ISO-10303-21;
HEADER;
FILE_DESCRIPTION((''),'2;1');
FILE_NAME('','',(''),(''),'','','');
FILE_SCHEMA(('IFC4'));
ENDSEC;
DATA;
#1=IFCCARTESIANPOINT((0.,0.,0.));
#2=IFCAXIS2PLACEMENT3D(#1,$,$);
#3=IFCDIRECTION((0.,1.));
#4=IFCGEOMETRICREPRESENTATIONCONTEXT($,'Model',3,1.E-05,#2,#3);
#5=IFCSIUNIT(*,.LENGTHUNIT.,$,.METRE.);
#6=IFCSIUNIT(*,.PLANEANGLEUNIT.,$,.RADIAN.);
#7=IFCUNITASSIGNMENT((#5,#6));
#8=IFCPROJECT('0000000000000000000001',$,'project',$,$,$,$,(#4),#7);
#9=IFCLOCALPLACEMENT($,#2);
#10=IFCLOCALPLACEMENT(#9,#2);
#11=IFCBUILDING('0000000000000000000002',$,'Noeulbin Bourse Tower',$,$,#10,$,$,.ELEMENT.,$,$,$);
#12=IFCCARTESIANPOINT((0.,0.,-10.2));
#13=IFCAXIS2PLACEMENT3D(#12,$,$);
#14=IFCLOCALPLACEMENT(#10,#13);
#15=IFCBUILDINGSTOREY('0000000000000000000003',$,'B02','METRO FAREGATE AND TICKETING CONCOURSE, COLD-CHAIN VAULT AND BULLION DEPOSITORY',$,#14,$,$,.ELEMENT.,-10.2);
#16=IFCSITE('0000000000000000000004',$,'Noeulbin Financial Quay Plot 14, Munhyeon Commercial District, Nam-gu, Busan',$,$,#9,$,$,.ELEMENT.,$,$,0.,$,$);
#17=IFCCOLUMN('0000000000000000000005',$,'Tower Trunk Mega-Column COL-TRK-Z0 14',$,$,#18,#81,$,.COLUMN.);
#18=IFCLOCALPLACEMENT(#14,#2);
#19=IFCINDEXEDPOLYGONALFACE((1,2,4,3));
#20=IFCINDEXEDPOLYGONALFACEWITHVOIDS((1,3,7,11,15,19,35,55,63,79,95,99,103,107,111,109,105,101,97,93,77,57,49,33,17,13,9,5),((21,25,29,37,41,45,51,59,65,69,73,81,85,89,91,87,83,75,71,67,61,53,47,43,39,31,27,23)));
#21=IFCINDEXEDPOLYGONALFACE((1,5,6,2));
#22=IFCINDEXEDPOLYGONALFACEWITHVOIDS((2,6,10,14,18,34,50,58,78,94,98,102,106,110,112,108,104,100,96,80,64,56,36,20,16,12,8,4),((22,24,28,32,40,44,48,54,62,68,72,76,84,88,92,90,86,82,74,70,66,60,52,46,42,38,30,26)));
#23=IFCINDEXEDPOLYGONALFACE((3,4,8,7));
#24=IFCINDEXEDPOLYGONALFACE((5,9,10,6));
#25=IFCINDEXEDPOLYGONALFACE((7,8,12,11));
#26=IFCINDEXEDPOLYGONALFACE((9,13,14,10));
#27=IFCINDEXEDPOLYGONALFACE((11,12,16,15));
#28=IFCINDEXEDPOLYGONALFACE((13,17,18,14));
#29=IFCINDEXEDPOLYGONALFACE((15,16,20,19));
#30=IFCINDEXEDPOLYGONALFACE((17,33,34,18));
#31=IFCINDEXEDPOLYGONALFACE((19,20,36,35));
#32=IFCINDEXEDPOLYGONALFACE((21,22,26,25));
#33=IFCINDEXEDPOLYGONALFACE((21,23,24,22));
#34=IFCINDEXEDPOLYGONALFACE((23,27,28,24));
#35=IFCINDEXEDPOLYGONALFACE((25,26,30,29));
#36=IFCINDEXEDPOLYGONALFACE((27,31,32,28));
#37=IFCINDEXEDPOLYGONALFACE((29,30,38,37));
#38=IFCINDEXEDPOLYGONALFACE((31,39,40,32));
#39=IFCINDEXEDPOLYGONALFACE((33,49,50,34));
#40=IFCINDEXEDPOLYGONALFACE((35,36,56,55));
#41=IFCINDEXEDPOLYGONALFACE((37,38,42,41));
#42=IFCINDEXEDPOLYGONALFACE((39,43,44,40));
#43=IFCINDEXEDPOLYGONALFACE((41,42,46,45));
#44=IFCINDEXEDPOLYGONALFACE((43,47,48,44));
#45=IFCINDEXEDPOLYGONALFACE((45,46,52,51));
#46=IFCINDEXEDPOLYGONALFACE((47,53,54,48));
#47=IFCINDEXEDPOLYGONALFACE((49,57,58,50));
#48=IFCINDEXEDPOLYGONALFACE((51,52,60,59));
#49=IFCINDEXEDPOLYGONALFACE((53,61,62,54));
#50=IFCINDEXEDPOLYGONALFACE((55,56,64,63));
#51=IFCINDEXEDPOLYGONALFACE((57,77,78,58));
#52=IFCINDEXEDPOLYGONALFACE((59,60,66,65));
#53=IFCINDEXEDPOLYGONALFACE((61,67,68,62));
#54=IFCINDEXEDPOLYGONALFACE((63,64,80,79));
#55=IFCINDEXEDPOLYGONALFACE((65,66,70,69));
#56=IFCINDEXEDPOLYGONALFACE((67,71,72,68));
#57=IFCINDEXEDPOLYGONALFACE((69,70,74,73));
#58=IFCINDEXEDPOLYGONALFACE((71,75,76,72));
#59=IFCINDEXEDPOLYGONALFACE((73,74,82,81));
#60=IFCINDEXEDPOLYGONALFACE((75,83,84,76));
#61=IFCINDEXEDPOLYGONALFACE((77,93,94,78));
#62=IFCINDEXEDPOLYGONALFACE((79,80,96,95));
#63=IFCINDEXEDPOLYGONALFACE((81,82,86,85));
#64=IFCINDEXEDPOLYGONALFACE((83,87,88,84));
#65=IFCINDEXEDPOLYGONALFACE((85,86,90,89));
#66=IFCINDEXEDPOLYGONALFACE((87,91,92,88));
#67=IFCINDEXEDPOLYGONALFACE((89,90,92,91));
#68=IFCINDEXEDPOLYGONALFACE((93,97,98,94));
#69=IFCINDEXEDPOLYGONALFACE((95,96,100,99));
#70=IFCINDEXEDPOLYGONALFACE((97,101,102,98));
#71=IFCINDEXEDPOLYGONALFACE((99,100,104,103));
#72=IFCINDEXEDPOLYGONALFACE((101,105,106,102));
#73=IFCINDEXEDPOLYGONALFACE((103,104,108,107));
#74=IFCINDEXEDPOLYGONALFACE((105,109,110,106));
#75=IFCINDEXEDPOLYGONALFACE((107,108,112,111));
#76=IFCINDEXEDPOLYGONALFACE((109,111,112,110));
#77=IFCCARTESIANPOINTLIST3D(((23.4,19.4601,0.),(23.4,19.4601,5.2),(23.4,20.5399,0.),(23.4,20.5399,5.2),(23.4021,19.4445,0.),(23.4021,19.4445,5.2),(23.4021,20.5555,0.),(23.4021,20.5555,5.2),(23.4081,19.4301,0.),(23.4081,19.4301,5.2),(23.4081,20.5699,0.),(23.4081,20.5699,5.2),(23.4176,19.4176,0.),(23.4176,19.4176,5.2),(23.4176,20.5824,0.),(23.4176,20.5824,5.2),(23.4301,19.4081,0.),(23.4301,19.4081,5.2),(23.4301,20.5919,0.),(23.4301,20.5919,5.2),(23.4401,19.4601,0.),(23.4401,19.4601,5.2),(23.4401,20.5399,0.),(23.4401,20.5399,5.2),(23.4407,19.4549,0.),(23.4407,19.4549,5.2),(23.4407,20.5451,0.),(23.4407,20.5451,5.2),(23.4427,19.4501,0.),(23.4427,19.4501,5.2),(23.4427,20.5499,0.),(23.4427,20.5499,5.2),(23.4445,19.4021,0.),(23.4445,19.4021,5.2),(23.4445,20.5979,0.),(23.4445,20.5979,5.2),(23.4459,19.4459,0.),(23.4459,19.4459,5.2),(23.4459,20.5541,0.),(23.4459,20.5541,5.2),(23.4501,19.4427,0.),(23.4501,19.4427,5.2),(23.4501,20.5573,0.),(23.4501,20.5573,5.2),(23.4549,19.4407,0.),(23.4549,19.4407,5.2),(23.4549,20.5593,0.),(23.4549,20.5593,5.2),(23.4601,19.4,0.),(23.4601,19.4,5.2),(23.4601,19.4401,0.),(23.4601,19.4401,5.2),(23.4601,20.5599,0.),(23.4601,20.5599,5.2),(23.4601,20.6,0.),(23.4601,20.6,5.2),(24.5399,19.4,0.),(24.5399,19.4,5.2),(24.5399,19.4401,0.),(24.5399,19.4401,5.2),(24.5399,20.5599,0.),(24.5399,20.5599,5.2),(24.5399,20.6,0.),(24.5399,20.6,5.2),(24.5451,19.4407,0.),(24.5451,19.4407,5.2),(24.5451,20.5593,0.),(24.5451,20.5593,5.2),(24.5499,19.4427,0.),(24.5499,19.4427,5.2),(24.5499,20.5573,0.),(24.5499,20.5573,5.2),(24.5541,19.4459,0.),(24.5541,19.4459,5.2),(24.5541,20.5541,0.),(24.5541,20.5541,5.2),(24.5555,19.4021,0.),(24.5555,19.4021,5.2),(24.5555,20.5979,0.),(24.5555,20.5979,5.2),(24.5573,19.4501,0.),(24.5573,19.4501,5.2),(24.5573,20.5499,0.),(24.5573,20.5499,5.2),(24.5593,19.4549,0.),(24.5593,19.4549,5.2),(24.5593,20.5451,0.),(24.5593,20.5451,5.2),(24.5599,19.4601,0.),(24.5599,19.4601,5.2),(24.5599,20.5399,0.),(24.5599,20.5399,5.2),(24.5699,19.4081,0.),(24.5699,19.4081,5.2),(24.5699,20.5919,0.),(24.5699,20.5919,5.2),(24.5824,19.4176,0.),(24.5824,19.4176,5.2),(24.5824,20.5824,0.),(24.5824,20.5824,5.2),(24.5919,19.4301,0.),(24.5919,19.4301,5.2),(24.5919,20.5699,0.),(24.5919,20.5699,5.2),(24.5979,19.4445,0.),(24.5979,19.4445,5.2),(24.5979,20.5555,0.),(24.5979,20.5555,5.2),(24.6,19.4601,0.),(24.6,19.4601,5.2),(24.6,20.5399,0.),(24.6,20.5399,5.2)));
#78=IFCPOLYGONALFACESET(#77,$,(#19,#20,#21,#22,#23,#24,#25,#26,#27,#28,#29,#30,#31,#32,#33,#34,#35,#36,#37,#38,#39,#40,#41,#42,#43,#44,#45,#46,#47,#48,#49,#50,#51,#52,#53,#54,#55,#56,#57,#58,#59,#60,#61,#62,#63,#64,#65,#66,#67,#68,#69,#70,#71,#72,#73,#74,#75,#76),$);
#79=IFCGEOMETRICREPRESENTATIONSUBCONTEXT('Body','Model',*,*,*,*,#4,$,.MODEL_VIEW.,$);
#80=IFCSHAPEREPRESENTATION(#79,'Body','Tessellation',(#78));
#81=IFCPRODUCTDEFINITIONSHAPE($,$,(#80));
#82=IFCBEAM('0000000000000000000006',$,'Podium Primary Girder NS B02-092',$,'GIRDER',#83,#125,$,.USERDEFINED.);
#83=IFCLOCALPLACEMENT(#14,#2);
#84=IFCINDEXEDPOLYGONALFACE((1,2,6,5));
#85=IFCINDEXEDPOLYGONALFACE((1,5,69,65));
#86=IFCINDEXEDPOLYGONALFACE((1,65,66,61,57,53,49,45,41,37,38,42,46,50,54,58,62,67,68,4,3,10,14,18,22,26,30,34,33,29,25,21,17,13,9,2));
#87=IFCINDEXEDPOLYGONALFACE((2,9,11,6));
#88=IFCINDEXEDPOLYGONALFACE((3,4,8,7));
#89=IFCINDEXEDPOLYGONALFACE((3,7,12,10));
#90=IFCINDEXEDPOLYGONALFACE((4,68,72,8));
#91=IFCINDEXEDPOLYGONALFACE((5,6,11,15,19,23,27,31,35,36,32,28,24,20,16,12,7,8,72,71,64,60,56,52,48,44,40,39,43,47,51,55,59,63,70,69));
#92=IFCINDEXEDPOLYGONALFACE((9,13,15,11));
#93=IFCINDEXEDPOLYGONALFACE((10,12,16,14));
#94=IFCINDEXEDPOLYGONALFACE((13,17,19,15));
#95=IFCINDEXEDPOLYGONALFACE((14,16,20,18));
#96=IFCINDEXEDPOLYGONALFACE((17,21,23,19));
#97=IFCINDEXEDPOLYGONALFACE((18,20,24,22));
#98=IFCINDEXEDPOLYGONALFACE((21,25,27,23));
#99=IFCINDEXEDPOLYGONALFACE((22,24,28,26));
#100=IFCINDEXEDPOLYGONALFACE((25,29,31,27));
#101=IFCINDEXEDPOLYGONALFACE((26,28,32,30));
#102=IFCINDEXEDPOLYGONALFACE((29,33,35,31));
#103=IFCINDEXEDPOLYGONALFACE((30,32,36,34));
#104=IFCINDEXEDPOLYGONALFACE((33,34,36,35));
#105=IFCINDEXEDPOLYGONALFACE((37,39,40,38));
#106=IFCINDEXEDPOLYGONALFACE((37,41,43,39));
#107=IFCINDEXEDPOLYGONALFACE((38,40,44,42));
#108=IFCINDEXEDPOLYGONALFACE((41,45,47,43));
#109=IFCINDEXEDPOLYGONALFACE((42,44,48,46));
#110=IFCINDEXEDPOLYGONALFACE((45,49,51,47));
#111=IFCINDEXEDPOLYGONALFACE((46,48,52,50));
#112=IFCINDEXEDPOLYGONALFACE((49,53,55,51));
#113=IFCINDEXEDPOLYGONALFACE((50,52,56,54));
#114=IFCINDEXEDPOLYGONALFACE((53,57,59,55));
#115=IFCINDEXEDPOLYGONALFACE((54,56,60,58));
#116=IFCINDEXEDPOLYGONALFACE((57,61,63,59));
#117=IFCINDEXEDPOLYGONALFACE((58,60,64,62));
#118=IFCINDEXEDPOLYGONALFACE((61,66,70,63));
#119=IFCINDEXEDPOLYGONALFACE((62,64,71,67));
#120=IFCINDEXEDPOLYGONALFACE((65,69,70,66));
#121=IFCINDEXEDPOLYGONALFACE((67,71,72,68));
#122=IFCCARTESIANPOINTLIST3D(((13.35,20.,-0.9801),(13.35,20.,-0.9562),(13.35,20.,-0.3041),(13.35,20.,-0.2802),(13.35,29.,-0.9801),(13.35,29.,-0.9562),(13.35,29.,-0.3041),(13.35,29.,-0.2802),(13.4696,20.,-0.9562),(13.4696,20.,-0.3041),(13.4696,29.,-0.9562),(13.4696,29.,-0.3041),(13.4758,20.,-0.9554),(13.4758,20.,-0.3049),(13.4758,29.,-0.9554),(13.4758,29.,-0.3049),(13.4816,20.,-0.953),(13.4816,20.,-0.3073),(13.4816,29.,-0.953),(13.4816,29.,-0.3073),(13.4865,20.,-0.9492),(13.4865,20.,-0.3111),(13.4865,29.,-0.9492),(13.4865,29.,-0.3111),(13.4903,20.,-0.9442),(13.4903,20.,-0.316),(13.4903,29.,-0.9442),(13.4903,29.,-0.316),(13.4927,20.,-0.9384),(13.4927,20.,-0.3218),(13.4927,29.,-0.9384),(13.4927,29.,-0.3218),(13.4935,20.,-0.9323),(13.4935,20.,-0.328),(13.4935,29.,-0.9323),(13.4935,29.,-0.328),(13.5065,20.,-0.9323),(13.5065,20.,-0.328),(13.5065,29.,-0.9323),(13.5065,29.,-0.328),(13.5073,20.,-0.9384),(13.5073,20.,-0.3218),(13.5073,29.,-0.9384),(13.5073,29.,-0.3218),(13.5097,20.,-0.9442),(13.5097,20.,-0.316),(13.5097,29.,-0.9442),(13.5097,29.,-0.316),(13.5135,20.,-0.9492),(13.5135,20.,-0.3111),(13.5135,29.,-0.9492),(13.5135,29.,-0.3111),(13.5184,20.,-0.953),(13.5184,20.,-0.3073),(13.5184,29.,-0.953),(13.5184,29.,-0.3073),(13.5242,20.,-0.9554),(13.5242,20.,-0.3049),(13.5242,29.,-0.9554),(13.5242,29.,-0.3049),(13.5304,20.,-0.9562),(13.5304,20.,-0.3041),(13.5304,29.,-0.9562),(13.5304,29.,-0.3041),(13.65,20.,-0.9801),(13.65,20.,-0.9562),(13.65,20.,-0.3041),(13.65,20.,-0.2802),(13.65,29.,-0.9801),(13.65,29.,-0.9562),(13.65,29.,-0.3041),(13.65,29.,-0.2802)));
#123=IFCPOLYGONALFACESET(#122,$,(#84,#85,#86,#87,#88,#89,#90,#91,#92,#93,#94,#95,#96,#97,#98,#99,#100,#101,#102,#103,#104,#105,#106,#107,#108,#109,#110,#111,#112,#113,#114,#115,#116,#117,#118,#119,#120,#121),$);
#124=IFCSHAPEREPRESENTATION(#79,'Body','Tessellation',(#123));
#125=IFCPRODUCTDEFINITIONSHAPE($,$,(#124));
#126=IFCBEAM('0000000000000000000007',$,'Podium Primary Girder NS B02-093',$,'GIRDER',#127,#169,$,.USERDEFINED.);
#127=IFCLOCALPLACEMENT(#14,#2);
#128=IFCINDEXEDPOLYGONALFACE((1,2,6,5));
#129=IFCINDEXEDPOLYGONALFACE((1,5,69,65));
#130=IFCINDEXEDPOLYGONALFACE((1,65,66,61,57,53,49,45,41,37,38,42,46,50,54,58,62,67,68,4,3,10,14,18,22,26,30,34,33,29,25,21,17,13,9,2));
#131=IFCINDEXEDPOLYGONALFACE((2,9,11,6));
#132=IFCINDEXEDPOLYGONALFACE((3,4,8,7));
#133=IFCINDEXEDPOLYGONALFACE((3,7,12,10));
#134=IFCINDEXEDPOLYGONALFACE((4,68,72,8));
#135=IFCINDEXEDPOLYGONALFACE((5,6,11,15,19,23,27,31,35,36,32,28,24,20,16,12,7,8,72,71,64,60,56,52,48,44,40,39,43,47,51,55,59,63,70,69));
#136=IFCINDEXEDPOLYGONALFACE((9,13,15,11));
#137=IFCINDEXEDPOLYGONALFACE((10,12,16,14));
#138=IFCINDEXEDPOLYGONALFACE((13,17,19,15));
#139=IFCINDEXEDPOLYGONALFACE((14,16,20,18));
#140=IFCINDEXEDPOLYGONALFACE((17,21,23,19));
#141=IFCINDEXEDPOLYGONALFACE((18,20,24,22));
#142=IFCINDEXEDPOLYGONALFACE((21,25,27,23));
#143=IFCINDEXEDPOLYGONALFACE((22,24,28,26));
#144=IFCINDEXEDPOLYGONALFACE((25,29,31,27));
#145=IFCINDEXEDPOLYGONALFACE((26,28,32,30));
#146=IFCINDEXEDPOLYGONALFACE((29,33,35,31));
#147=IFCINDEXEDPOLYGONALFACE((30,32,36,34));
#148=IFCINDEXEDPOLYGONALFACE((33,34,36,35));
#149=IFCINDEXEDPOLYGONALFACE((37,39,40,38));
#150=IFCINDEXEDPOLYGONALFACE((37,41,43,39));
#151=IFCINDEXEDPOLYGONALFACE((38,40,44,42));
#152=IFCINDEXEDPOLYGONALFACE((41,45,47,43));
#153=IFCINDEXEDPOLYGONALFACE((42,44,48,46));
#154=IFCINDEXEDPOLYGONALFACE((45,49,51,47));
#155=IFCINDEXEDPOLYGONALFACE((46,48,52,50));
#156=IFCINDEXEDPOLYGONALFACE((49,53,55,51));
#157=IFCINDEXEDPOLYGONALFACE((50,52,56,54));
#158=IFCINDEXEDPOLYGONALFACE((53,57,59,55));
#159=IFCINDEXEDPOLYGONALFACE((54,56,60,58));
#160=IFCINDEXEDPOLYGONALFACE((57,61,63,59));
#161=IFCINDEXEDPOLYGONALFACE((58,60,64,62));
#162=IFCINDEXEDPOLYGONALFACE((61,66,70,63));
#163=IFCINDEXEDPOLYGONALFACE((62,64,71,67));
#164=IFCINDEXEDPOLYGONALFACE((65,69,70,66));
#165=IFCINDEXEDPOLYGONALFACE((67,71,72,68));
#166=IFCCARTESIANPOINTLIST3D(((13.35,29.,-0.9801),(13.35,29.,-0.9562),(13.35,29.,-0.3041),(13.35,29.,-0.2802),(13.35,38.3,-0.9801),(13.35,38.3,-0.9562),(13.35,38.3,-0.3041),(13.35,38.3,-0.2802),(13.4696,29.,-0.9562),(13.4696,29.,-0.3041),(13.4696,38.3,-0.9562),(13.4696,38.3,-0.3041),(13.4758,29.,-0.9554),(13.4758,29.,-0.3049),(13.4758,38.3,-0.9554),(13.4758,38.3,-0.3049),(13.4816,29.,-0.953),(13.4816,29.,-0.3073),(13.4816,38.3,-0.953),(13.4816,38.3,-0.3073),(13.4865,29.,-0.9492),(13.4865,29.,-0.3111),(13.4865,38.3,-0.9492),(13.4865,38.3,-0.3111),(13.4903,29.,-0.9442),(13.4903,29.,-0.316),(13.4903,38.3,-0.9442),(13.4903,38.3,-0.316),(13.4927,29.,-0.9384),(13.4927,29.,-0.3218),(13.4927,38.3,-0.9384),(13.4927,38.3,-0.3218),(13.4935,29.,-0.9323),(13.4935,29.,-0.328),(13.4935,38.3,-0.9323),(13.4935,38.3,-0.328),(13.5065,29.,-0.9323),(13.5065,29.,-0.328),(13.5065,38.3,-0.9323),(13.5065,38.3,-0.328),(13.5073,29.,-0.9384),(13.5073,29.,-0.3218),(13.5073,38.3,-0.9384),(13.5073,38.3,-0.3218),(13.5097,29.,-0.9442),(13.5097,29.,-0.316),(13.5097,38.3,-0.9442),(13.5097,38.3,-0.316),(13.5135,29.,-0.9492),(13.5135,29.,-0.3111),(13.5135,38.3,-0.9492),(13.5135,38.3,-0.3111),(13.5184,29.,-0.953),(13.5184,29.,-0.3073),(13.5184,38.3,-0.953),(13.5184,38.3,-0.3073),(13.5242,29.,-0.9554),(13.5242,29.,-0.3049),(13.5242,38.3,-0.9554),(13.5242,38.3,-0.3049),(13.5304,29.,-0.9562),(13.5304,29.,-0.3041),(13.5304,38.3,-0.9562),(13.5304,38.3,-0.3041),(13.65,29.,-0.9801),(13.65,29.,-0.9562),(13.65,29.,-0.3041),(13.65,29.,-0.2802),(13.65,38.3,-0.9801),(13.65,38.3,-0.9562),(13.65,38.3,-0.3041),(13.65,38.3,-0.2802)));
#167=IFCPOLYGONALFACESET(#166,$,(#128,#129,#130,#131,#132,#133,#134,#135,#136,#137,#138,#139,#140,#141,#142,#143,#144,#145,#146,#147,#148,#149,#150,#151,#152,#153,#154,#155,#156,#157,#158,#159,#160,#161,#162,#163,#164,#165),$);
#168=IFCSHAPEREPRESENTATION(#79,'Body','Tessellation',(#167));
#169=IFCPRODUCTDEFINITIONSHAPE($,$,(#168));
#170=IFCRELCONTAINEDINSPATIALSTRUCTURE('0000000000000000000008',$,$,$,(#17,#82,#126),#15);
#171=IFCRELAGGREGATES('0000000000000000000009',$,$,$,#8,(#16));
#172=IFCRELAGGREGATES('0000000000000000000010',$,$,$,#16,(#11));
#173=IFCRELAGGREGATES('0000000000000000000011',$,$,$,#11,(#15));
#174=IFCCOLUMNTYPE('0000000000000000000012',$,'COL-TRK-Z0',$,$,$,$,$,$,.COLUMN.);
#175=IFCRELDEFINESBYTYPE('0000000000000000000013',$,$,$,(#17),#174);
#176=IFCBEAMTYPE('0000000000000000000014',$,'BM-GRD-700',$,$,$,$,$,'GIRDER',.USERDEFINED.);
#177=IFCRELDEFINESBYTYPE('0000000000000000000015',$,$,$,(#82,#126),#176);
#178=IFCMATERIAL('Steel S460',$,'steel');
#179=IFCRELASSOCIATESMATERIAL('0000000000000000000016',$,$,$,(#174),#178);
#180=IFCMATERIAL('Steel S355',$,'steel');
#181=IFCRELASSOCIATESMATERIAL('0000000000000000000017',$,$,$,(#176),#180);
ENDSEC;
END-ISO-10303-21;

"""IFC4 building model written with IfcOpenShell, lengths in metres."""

from ifc_helpers import new_model, si_unit, direction, frame, origin, origin_2d, place, context, subcontext, project, spatial, hollow_rectangle, i_section, extrude, material, material_profile, profile_set, type_object, element, save


model = new_model("IFC4")

# Units and contexts
model_context = context("Model", 3, precision=1e-05, world=origin(), true_north=direction((0.0, 1.0)))
body_context = subcontext(model_context, "Body", "Model", "MODEL_VIEW")
ifc_project = project(units=[si_unit("LENGTHUNIT", "METRE"), si_unit("PLANEANGLEUNIT", "RADIAN")], contexts=[model_context])

# Site, building, storey
site_placement = place(None, origin())
site = spatial("IfcSite", under=ifc_project, at=site_placement, Name="Noeulbin Financial Quay Plot 14, Munhyeon Commercial District, Nam-gu, Busan", CompositionType="ELEMENT", RefElevation=0.0)
building_placement = place(site_placement, origin())
building = spatial("IfcBuilding", under=site, at=building_placement, Name="Noeulbin Bourse Tower", CompositionType="ELEMENT")
storey_placement = place(building_placement, frame((0.0, 0.0, -10.2)))
storey = spatial("IfcBuildingStorey", under=building, at=storey_placement, Name="B02", Description="METRO FAREGATE AND TICKETING CONCOURSE, COLD-CHAIN VAULT AND BULLION DEPOSITORY", CompositionType="ELEMENT", Elevation=-10.2)

# Column
ifc_material_1 = material(Name="Steel S460", Category="steel")
ifc_material_profile_1 = material_profile(ifc_material_1, hollow_rectangle(XDim=1.2, YDim=1.2, WallThickness=0.04, InnerFilletRadius=0.02, OuterFilletRadius=0.0601, at=origin_2d()), Name="BOX-1200x1200x40", Category="LoadBearing")
ifc_profile_set_1 = profile_set([ifc_material_profile_1], Name="Steel S460")
column_type = type_object("IfcColumnType", Name="COL-TRK-Z0", PredefinedType="COLUMN", material=ifc_profile_set_1)
for number, where, z_axis, x_axis, name in (
    (1, (24.0, 20.0, 0.0), (0.0, 0.0, 1.0), (1.0, 0.0, 0.0), "Tower Trunk Mega-Column COL-TRK-Z0 14"),
):
    element("IfcColumn", number, at=place(storey_placement, frame(where, z_axis=z_axis, x_axis=x_axis)), inside=storey, type_object=column_type, Name=name, PredefinedType="COLUMN", context=body_context, shape_type="SweptSolid", body=[
        extrude(hollow_rectangle(XDim=1.2, YDim=1.2, WallThickness=0.04, InnerFilletRadius=0.02, OuterFilletRadius=0.0601, at=origin_2d()), origin(), (0.0, 0.0, 1.0), 5.2),
    ])

# Beams
ifc_material_2 = material(Name="Steel S355", Category="steel")
ifc_material_profile_2 = material_profile(ifc_material_2, i_section(OverallWidth=0.3, OverallDepth=0.7, WebThickness=0.0129, FlangeThickness=0.0239, FilletRadius=0.0239, at=origin_2d()), Name="H-700x300x13x24", Category="LoadBearing")
ifc_profile_set_2 = profile_set([ifc_material_profile_2], Name="Steel S355")
beam_type_1 = type_object("IfcBeamType", Name="BM-GRD-700", ElementType="GIRDER", PredefinedType="USERDEFINED", material=ifc_profile_set_2)
beam_1_placement = place(storey_placement, frame((13.5, 20.0, -0.6301), z_axis=(0.0, 1.0, 0.0), x_axis=(-1.0, 0.0, 0.0)))
element("IfcBeam", 2, at=beam_1_placement, inside=storey, type_object=beam_type_1, Name="Podium Primary Girder NS B02-092", ObjectType="GIRDER", PredefinedType="USERDEFINED", context=body_context, shape_type="SweptSolid", body=[
    extrude(i_section(OverallWidth=0.3, OverallDepth=0.7, WebThickness=0.0129, FlangeThickness=0.0239, FilletRadius=0.0239, at=origin_2d()), origin(), (0.0, 0.0, 1.0), 9.0),
])
beam_2_placement = place(storey_placement, frame((13.5, 29.0, -0.6301), z_axis=(0.0, 1.0, 0.0), x_axis=(-1.0, 0.0, 0.0)))
element("IfcBeam", 3, at=beam_2_placement, inside=storey, type_object=beam_type_1, Name="Podium Primary Girder NS B02-093", ObjectType="GIRDER", PredefinedType="USERDEFINED", context=body_context, shape_type="SweptSolid", body=[
    extrude(i_section(OverallWidth=0.3, OverallDepth=0.7, WebThickness=0.0129, FlangeThickness=0.0239, FilletRadius=0.0239, at=origin_2d()), origin(), (0.0, 0.0, 1.0), 9.3),
])

save(model, "model.ifc")
